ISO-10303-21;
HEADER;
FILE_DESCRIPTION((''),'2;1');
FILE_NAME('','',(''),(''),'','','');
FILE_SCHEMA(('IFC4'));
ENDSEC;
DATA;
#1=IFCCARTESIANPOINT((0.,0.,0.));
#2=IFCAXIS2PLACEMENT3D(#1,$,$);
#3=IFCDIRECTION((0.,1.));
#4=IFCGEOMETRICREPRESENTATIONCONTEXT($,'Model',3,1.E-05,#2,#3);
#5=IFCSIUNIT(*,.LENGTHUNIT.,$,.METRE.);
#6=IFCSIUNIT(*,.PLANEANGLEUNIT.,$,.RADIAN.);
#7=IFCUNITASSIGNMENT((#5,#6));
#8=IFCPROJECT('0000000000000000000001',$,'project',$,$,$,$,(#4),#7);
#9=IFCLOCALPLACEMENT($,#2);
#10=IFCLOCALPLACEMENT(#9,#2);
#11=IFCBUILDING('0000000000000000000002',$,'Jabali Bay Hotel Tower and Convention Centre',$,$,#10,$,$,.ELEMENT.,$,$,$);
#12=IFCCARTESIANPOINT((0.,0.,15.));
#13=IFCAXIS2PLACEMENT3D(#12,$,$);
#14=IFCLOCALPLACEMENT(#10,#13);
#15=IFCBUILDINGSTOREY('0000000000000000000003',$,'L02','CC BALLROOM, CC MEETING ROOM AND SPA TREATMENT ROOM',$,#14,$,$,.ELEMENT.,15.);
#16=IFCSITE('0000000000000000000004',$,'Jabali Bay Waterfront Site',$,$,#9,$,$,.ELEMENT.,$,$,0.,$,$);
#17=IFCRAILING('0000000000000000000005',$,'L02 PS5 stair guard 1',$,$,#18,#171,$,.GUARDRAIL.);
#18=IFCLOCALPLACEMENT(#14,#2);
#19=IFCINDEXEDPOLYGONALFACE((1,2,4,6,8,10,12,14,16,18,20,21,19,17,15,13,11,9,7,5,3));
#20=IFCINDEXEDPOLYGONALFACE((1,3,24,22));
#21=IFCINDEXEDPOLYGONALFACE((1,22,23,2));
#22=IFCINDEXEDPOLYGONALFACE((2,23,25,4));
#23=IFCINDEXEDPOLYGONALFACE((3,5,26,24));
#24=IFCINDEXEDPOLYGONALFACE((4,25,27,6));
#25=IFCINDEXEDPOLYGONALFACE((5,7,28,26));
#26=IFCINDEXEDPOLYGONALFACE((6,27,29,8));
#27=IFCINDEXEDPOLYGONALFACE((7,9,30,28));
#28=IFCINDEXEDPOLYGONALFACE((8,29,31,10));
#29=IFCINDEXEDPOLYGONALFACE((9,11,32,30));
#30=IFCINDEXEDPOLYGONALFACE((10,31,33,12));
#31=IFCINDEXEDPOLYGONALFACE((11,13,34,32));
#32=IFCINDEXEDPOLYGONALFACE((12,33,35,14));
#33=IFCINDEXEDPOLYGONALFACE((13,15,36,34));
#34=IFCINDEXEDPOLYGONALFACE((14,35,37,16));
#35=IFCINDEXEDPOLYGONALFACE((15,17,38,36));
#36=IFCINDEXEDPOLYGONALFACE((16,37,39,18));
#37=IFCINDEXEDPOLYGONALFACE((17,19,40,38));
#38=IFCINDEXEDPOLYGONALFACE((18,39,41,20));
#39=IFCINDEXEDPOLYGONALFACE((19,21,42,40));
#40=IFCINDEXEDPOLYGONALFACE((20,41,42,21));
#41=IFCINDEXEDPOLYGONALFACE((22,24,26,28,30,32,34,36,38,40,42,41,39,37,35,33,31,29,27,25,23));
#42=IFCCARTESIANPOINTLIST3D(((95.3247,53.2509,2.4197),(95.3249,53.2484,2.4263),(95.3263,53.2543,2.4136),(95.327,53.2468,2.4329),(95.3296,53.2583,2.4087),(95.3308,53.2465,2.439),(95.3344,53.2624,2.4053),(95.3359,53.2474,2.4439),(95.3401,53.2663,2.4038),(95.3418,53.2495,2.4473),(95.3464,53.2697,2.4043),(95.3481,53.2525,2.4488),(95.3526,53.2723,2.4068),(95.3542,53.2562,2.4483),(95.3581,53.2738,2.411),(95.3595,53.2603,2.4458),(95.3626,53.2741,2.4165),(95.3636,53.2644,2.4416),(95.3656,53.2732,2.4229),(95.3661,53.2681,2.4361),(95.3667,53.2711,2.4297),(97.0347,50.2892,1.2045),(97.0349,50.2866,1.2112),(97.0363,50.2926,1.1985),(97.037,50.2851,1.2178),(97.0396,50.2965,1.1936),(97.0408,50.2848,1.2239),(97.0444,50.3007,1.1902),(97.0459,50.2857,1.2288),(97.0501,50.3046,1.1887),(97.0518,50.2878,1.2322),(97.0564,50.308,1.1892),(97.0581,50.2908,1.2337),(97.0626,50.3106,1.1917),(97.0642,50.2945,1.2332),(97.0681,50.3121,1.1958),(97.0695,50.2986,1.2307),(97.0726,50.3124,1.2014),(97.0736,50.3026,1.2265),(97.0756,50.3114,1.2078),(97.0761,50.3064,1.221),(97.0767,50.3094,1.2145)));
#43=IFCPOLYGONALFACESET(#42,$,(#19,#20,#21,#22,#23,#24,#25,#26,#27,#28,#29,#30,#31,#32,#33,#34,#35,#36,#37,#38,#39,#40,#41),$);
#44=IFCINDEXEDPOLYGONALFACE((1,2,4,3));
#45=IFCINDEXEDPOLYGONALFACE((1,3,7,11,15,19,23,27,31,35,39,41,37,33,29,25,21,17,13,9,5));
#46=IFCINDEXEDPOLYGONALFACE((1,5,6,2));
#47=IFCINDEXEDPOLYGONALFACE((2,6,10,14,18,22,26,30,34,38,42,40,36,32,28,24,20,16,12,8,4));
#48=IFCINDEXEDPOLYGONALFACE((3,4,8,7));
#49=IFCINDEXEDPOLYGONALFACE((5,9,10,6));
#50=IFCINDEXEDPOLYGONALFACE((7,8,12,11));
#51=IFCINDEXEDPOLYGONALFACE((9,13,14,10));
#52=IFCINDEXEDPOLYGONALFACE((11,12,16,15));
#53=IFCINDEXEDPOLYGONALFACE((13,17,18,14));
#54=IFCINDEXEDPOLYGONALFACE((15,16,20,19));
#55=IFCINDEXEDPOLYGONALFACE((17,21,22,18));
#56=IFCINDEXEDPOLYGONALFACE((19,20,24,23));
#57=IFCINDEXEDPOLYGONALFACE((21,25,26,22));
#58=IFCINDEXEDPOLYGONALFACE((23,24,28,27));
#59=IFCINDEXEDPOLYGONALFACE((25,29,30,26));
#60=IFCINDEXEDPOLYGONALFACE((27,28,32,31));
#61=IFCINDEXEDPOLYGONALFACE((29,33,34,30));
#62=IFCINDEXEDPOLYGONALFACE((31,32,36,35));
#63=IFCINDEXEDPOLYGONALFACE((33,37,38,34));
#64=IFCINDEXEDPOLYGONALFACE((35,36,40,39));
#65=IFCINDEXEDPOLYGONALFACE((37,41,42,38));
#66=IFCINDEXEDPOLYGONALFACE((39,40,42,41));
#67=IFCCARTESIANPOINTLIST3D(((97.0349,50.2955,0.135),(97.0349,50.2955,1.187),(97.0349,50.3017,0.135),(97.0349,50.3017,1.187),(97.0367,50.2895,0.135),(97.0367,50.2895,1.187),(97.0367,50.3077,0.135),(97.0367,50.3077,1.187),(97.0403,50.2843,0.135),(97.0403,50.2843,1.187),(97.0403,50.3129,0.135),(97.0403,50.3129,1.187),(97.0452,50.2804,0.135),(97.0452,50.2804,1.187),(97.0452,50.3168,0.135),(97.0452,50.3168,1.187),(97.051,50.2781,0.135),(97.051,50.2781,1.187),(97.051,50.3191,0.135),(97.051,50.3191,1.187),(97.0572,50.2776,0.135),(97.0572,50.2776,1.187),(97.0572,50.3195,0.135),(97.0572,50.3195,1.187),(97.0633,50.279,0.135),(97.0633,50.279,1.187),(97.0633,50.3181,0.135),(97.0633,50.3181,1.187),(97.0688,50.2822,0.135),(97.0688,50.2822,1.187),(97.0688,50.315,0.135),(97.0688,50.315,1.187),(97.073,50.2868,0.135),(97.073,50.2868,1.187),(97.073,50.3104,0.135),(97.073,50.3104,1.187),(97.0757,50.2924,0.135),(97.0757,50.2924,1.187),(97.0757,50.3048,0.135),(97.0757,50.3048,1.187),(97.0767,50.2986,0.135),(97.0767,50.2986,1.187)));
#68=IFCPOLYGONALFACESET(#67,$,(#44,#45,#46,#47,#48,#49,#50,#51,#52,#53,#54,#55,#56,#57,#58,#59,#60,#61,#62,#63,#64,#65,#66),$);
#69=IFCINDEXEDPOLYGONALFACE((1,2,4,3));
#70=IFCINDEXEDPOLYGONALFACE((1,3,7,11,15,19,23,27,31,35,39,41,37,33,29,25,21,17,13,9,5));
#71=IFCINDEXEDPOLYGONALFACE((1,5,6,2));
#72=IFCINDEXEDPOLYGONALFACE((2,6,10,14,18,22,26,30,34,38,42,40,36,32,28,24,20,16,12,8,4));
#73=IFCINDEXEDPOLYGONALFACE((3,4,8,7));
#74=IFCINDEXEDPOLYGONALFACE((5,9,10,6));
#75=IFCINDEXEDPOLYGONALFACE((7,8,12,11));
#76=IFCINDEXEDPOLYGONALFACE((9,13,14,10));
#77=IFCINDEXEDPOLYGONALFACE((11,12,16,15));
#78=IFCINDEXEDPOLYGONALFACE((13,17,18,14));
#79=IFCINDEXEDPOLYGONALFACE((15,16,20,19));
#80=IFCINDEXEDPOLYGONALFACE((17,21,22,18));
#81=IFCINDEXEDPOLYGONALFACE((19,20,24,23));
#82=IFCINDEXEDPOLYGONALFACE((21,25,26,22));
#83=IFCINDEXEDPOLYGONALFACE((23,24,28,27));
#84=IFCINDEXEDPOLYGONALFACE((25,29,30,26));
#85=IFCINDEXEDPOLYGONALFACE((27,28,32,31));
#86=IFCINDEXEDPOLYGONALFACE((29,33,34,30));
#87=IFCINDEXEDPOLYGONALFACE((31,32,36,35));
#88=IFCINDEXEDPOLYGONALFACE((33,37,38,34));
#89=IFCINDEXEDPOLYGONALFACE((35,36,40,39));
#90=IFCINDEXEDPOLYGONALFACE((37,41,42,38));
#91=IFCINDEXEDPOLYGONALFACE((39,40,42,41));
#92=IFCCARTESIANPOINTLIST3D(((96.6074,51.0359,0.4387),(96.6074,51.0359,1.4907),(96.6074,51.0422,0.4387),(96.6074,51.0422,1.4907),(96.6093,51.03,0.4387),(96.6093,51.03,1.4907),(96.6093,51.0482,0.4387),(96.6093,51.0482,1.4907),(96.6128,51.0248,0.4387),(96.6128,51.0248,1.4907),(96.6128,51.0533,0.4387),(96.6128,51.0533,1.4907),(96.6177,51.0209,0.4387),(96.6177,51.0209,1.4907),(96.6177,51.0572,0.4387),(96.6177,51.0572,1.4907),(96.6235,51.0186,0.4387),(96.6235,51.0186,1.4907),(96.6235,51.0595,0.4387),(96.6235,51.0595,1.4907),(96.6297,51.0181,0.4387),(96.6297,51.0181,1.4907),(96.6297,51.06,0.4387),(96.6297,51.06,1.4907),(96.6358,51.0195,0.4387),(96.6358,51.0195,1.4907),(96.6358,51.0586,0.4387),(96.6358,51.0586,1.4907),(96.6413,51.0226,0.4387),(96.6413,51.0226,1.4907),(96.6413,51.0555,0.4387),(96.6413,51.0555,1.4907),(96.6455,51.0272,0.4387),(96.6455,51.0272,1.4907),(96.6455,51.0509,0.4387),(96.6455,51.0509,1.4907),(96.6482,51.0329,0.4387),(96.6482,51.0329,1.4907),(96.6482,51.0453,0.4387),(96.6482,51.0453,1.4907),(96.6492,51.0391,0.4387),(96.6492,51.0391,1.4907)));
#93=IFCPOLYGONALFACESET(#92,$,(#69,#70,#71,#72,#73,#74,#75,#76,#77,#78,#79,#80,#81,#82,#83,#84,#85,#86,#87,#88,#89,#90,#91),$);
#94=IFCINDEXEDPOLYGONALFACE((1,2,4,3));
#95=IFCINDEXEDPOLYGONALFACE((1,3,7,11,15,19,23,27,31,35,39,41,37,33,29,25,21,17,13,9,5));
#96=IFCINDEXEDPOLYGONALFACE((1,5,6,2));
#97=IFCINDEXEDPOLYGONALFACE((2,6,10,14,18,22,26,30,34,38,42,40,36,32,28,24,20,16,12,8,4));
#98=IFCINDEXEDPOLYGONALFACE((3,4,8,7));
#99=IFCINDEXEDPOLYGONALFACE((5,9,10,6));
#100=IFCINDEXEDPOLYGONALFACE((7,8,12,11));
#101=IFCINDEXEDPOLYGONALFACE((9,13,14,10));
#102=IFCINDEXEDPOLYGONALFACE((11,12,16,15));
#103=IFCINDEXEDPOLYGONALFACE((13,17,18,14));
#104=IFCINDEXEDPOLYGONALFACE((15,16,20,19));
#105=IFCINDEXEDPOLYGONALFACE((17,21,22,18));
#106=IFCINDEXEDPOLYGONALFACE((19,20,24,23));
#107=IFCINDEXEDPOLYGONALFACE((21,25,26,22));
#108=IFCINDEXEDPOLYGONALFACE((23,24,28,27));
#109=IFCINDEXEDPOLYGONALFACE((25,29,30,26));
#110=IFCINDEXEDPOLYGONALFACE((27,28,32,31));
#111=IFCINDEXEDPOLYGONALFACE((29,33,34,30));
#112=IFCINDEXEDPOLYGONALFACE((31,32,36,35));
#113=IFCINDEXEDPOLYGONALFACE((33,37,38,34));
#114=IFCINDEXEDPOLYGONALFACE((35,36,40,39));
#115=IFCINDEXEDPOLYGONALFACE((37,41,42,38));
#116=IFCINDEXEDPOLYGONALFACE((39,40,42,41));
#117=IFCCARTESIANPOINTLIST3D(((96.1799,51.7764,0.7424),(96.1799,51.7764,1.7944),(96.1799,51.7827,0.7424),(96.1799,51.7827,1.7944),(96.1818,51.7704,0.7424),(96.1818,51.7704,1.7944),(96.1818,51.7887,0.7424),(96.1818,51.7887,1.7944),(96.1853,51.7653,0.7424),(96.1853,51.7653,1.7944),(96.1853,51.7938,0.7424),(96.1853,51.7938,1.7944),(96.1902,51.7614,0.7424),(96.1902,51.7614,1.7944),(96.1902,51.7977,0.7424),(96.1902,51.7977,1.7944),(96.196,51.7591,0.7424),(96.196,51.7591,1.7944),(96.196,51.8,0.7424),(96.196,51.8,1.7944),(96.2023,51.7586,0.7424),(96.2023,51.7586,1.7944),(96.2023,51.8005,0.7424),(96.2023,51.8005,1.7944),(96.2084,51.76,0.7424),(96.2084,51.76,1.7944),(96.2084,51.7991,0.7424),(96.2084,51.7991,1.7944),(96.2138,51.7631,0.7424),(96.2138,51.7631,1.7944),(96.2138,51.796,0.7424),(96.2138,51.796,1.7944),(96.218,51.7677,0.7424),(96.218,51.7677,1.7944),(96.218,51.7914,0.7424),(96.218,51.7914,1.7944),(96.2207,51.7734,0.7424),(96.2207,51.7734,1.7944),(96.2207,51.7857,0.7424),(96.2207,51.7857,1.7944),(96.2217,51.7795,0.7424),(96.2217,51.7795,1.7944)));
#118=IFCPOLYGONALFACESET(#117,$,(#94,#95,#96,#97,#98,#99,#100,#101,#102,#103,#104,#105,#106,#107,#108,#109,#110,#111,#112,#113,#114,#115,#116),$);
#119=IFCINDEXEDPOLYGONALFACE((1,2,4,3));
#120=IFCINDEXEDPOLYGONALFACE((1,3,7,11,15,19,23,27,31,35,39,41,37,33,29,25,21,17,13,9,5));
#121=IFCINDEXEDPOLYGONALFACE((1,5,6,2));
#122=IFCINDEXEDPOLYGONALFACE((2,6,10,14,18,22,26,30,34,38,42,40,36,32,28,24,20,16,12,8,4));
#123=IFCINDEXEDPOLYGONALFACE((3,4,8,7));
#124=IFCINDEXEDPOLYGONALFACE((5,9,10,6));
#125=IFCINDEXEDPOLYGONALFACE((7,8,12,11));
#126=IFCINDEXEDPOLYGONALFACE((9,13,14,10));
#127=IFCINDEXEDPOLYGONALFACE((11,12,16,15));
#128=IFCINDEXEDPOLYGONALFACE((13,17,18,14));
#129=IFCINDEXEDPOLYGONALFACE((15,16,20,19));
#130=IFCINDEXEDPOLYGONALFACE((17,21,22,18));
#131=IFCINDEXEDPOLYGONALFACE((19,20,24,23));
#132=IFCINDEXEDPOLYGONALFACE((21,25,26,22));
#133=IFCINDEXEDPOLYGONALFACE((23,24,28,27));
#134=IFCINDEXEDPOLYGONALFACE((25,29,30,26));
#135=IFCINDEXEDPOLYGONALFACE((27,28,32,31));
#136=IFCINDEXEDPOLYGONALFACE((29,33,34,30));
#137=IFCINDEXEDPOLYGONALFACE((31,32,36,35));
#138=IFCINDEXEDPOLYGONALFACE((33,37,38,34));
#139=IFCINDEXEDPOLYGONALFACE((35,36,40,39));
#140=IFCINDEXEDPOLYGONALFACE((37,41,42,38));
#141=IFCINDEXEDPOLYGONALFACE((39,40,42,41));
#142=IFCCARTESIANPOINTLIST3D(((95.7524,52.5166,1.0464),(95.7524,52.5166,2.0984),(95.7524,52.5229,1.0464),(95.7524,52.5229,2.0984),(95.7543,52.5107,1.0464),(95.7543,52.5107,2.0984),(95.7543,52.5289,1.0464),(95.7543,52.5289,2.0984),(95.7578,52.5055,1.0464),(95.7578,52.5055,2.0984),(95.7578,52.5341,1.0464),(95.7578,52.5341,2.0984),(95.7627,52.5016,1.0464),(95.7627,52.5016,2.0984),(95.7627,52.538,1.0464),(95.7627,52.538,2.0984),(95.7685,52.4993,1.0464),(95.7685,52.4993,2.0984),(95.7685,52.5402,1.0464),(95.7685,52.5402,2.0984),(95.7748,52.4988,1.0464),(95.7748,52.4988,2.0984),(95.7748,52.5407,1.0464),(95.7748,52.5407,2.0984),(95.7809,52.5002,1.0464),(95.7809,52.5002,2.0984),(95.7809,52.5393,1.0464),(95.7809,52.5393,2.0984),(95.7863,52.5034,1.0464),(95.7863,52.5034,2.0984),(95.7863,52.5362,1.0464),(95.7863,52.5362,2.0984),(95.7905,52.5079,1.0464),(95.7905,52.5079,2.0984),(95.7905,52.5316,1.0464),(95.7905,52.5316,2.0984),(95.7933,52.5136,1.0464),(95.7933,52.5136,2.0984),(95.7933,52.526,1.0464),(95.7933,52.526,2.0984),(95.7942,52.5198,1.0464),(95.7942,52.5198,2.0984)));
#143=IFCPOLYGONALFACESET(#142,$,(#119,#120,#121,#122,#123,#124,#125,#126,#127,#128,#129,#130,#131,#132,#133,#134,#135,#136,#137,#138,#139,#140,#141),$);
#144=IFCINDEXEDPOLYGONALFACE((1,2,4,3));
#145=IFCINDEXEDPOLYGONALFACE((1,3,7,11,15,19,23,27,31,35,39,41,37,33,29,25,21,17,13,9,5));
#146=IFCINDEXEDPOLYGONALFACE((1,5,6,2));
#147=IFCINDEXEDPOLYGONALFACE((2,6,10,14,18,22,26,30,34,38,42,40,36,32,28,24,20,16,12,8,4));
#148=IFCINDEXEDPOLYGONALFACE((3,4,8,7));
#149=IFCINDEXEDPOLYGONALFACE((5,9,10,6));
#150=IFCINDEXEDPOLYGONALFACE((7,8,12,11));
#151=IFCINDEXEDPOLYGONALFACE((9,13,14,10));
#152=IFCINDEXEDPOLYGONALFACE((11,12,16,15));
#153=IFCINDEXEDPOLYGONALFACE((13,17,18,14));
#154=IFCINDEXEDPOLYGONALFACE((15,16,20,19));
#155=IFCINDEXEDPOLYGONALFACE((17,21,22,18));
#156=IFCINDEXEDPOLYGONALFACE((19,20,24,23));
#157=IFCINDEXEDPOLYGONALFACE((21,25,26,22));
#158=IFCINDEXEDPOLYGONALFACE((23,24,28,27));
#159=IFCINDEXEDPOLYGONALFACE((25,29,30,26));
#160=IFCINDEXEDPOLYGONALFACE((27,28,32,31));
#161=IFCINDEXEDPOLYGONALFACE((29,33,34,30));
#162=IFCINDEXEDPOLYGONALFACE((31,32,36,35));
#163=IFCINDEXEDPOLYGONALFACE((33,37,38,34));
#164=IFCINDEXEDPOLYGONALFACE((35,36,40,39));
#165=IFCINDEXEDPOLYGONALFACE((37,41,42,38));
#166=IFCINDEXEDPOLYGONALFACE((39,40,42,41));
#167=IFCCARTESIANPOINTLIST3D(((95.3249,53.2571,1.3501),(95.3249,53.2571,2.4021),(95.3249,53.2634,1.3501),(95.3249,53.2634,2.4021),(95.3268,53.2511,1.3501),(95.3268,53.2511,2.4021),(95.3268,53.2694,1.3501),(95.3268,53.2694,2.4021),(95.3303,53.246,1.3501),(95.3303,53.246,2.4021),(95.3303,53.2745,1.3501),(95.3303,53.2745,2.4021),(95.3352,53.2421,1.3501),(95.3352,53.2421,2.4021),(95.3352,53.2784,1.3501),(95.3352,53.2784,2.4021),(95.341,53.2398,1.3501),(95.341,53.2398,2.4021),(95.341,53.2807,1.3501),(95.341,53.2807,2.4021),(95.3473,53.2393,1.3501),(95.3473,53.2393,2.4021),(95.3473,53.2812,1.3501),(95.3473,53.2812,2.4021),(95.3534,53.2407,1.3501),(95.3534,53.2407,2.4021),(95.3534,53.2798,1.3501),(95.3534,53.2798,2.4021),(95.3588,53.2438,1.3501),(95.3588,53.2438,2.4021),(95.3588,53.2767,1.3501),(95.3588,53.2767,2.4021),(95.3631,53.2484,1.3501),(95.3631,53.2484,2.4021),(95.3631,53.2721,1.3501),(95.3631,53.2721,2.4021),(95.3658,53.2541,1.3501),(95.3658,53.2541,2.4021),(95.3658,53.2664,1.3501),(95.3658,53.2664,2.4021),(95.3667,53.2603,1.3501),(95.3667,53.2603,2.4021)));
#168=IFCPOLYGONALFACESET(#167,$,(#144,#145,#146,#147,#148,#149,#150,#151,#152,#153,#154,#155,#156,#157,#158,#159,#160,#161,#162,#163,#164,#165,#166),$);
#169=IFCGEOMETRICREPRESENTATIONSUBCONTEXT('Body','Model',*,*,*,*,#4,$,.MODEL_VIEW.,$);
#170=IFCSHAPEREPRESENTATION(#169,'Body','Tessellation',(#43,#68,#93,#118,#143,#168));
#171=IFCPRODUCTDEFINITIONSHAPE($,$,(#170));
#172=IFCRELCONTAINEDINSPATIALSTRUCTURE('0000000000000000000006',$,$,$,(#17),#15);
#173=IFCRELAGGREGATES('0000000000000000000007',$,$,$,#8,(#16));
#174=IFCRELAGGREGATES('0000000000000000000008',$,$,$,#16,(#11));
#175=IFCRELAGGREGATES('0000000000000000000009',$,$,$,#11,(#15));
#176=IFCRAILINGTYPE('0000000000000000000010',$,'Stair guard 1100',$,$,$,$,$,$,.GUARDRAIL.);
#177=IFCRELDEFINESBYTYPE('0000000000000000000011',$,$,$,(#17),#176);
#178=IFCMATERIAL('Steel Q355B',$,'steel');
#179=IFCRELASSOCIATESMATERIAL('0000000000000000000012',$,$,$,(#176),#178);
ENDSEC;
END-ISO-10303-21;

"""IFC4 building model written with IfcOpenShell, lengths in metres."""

from ifc_helpers import new_model, si_unit, direction, frame, origin, origin_2d, place, context, subcontext, project, spatial, circle, extrude, material, type_object, element, save


model = new_model("IFC4")

# Units and contexts
model_context = context("Model", 3, precision=1e-05, world=origin(), true_north=direction((0.0, 1.0)))
body_context = subcontext(model_context, "Body", "Model", "MODEL_VIEW")
ifc_project = project(units=[si_unit("LENGTHUNIT", "METRE"), si_unit("PLANEANGLEUNIT", "RADIAN")], contexts=[model_context])

# Site, building, storey
site_placement = place(None, origin())
site = spatial("IfcSite", under=ifc_project, at=site_placement, Name="Jabali Bay Waterfront Site", CompositionType="ELEMENT", RefElevation=0.0)
building_placement = place(site_placement, origin())
building = spatial("IfcBuilding", under=site, at=building_placement, Name="Jabali Bay Hotel Tower and Convention Centre", CompositionType="ELEMENT")
storey_placement = place(building_placement, frame((0.0, 0.0, 15.0)))
storey = spatial("IfcBuildingStorey", under=building, at=storey_placement, Name="L02", Description="CC BALLROOM, CC MEETING ROOM AND SPA TREATMENT ROOM", CompositionType="ELEMENT", Elevation=15.0)

# Railing
ifc_material_1 = material(Name="Steel Q355B", Category="steel")
railing_type_1 = type_object("IfcRailingType", Name="Stair guard 1100", PredefinedType="GUARDRAIL", material=ifc_material_1)
railing_1_placement = place(storey_placement, frame((97.0557, 50.2986, 0.135)))
element("IfcRailing", 1, at=railing_1_placement, inside=storey, type_object=railing_type_1, Name="L02 PS5 stair guard 1", PredefinedType="GUARDRAIL", context=body_context, shape_type="SweptSolid", body=[
    extrude(circle(Radius=0.0239, at=origin_2d()), frame((0.0, 0.0, 1.0762), z_axis=(-0.471153, 0.816042, 0.334799), x_axis=(-0.86602, -0.500009, 0.0)), (0.0, 0.0, 1.0), 3.6294),
    extrude(circle(Radius=0.021, at=origin_2d()), origin(), (0.0, 0.0, 1.0), 1.052),
    extrude(circle(Radius=0.021, at=origin_2d()), frame((-0.4275, 0.7405, 0.3037)), (0.0, 0.0, 1.0), 1.052),
    extrude(circle(Radius=0.021, at=origin_2d()), frame((-0.855, 1.481, 0.6074)), (0.0, 0.0, 1.0), 1.052),
    extrude(circle(Radius=0.021, at=origin_2d()), frame((-1.2825, 2.2212, 0.9114)), (0.0, 0.0, 1.0), 1.052),
    extrude(circle(Radius=0.021, at=origin_2d()), frame((-1.71, 2.9617, 1.2151)), (0.0, 0.0, 1.0), 1.052),
])

save(model, "model.ifc")
